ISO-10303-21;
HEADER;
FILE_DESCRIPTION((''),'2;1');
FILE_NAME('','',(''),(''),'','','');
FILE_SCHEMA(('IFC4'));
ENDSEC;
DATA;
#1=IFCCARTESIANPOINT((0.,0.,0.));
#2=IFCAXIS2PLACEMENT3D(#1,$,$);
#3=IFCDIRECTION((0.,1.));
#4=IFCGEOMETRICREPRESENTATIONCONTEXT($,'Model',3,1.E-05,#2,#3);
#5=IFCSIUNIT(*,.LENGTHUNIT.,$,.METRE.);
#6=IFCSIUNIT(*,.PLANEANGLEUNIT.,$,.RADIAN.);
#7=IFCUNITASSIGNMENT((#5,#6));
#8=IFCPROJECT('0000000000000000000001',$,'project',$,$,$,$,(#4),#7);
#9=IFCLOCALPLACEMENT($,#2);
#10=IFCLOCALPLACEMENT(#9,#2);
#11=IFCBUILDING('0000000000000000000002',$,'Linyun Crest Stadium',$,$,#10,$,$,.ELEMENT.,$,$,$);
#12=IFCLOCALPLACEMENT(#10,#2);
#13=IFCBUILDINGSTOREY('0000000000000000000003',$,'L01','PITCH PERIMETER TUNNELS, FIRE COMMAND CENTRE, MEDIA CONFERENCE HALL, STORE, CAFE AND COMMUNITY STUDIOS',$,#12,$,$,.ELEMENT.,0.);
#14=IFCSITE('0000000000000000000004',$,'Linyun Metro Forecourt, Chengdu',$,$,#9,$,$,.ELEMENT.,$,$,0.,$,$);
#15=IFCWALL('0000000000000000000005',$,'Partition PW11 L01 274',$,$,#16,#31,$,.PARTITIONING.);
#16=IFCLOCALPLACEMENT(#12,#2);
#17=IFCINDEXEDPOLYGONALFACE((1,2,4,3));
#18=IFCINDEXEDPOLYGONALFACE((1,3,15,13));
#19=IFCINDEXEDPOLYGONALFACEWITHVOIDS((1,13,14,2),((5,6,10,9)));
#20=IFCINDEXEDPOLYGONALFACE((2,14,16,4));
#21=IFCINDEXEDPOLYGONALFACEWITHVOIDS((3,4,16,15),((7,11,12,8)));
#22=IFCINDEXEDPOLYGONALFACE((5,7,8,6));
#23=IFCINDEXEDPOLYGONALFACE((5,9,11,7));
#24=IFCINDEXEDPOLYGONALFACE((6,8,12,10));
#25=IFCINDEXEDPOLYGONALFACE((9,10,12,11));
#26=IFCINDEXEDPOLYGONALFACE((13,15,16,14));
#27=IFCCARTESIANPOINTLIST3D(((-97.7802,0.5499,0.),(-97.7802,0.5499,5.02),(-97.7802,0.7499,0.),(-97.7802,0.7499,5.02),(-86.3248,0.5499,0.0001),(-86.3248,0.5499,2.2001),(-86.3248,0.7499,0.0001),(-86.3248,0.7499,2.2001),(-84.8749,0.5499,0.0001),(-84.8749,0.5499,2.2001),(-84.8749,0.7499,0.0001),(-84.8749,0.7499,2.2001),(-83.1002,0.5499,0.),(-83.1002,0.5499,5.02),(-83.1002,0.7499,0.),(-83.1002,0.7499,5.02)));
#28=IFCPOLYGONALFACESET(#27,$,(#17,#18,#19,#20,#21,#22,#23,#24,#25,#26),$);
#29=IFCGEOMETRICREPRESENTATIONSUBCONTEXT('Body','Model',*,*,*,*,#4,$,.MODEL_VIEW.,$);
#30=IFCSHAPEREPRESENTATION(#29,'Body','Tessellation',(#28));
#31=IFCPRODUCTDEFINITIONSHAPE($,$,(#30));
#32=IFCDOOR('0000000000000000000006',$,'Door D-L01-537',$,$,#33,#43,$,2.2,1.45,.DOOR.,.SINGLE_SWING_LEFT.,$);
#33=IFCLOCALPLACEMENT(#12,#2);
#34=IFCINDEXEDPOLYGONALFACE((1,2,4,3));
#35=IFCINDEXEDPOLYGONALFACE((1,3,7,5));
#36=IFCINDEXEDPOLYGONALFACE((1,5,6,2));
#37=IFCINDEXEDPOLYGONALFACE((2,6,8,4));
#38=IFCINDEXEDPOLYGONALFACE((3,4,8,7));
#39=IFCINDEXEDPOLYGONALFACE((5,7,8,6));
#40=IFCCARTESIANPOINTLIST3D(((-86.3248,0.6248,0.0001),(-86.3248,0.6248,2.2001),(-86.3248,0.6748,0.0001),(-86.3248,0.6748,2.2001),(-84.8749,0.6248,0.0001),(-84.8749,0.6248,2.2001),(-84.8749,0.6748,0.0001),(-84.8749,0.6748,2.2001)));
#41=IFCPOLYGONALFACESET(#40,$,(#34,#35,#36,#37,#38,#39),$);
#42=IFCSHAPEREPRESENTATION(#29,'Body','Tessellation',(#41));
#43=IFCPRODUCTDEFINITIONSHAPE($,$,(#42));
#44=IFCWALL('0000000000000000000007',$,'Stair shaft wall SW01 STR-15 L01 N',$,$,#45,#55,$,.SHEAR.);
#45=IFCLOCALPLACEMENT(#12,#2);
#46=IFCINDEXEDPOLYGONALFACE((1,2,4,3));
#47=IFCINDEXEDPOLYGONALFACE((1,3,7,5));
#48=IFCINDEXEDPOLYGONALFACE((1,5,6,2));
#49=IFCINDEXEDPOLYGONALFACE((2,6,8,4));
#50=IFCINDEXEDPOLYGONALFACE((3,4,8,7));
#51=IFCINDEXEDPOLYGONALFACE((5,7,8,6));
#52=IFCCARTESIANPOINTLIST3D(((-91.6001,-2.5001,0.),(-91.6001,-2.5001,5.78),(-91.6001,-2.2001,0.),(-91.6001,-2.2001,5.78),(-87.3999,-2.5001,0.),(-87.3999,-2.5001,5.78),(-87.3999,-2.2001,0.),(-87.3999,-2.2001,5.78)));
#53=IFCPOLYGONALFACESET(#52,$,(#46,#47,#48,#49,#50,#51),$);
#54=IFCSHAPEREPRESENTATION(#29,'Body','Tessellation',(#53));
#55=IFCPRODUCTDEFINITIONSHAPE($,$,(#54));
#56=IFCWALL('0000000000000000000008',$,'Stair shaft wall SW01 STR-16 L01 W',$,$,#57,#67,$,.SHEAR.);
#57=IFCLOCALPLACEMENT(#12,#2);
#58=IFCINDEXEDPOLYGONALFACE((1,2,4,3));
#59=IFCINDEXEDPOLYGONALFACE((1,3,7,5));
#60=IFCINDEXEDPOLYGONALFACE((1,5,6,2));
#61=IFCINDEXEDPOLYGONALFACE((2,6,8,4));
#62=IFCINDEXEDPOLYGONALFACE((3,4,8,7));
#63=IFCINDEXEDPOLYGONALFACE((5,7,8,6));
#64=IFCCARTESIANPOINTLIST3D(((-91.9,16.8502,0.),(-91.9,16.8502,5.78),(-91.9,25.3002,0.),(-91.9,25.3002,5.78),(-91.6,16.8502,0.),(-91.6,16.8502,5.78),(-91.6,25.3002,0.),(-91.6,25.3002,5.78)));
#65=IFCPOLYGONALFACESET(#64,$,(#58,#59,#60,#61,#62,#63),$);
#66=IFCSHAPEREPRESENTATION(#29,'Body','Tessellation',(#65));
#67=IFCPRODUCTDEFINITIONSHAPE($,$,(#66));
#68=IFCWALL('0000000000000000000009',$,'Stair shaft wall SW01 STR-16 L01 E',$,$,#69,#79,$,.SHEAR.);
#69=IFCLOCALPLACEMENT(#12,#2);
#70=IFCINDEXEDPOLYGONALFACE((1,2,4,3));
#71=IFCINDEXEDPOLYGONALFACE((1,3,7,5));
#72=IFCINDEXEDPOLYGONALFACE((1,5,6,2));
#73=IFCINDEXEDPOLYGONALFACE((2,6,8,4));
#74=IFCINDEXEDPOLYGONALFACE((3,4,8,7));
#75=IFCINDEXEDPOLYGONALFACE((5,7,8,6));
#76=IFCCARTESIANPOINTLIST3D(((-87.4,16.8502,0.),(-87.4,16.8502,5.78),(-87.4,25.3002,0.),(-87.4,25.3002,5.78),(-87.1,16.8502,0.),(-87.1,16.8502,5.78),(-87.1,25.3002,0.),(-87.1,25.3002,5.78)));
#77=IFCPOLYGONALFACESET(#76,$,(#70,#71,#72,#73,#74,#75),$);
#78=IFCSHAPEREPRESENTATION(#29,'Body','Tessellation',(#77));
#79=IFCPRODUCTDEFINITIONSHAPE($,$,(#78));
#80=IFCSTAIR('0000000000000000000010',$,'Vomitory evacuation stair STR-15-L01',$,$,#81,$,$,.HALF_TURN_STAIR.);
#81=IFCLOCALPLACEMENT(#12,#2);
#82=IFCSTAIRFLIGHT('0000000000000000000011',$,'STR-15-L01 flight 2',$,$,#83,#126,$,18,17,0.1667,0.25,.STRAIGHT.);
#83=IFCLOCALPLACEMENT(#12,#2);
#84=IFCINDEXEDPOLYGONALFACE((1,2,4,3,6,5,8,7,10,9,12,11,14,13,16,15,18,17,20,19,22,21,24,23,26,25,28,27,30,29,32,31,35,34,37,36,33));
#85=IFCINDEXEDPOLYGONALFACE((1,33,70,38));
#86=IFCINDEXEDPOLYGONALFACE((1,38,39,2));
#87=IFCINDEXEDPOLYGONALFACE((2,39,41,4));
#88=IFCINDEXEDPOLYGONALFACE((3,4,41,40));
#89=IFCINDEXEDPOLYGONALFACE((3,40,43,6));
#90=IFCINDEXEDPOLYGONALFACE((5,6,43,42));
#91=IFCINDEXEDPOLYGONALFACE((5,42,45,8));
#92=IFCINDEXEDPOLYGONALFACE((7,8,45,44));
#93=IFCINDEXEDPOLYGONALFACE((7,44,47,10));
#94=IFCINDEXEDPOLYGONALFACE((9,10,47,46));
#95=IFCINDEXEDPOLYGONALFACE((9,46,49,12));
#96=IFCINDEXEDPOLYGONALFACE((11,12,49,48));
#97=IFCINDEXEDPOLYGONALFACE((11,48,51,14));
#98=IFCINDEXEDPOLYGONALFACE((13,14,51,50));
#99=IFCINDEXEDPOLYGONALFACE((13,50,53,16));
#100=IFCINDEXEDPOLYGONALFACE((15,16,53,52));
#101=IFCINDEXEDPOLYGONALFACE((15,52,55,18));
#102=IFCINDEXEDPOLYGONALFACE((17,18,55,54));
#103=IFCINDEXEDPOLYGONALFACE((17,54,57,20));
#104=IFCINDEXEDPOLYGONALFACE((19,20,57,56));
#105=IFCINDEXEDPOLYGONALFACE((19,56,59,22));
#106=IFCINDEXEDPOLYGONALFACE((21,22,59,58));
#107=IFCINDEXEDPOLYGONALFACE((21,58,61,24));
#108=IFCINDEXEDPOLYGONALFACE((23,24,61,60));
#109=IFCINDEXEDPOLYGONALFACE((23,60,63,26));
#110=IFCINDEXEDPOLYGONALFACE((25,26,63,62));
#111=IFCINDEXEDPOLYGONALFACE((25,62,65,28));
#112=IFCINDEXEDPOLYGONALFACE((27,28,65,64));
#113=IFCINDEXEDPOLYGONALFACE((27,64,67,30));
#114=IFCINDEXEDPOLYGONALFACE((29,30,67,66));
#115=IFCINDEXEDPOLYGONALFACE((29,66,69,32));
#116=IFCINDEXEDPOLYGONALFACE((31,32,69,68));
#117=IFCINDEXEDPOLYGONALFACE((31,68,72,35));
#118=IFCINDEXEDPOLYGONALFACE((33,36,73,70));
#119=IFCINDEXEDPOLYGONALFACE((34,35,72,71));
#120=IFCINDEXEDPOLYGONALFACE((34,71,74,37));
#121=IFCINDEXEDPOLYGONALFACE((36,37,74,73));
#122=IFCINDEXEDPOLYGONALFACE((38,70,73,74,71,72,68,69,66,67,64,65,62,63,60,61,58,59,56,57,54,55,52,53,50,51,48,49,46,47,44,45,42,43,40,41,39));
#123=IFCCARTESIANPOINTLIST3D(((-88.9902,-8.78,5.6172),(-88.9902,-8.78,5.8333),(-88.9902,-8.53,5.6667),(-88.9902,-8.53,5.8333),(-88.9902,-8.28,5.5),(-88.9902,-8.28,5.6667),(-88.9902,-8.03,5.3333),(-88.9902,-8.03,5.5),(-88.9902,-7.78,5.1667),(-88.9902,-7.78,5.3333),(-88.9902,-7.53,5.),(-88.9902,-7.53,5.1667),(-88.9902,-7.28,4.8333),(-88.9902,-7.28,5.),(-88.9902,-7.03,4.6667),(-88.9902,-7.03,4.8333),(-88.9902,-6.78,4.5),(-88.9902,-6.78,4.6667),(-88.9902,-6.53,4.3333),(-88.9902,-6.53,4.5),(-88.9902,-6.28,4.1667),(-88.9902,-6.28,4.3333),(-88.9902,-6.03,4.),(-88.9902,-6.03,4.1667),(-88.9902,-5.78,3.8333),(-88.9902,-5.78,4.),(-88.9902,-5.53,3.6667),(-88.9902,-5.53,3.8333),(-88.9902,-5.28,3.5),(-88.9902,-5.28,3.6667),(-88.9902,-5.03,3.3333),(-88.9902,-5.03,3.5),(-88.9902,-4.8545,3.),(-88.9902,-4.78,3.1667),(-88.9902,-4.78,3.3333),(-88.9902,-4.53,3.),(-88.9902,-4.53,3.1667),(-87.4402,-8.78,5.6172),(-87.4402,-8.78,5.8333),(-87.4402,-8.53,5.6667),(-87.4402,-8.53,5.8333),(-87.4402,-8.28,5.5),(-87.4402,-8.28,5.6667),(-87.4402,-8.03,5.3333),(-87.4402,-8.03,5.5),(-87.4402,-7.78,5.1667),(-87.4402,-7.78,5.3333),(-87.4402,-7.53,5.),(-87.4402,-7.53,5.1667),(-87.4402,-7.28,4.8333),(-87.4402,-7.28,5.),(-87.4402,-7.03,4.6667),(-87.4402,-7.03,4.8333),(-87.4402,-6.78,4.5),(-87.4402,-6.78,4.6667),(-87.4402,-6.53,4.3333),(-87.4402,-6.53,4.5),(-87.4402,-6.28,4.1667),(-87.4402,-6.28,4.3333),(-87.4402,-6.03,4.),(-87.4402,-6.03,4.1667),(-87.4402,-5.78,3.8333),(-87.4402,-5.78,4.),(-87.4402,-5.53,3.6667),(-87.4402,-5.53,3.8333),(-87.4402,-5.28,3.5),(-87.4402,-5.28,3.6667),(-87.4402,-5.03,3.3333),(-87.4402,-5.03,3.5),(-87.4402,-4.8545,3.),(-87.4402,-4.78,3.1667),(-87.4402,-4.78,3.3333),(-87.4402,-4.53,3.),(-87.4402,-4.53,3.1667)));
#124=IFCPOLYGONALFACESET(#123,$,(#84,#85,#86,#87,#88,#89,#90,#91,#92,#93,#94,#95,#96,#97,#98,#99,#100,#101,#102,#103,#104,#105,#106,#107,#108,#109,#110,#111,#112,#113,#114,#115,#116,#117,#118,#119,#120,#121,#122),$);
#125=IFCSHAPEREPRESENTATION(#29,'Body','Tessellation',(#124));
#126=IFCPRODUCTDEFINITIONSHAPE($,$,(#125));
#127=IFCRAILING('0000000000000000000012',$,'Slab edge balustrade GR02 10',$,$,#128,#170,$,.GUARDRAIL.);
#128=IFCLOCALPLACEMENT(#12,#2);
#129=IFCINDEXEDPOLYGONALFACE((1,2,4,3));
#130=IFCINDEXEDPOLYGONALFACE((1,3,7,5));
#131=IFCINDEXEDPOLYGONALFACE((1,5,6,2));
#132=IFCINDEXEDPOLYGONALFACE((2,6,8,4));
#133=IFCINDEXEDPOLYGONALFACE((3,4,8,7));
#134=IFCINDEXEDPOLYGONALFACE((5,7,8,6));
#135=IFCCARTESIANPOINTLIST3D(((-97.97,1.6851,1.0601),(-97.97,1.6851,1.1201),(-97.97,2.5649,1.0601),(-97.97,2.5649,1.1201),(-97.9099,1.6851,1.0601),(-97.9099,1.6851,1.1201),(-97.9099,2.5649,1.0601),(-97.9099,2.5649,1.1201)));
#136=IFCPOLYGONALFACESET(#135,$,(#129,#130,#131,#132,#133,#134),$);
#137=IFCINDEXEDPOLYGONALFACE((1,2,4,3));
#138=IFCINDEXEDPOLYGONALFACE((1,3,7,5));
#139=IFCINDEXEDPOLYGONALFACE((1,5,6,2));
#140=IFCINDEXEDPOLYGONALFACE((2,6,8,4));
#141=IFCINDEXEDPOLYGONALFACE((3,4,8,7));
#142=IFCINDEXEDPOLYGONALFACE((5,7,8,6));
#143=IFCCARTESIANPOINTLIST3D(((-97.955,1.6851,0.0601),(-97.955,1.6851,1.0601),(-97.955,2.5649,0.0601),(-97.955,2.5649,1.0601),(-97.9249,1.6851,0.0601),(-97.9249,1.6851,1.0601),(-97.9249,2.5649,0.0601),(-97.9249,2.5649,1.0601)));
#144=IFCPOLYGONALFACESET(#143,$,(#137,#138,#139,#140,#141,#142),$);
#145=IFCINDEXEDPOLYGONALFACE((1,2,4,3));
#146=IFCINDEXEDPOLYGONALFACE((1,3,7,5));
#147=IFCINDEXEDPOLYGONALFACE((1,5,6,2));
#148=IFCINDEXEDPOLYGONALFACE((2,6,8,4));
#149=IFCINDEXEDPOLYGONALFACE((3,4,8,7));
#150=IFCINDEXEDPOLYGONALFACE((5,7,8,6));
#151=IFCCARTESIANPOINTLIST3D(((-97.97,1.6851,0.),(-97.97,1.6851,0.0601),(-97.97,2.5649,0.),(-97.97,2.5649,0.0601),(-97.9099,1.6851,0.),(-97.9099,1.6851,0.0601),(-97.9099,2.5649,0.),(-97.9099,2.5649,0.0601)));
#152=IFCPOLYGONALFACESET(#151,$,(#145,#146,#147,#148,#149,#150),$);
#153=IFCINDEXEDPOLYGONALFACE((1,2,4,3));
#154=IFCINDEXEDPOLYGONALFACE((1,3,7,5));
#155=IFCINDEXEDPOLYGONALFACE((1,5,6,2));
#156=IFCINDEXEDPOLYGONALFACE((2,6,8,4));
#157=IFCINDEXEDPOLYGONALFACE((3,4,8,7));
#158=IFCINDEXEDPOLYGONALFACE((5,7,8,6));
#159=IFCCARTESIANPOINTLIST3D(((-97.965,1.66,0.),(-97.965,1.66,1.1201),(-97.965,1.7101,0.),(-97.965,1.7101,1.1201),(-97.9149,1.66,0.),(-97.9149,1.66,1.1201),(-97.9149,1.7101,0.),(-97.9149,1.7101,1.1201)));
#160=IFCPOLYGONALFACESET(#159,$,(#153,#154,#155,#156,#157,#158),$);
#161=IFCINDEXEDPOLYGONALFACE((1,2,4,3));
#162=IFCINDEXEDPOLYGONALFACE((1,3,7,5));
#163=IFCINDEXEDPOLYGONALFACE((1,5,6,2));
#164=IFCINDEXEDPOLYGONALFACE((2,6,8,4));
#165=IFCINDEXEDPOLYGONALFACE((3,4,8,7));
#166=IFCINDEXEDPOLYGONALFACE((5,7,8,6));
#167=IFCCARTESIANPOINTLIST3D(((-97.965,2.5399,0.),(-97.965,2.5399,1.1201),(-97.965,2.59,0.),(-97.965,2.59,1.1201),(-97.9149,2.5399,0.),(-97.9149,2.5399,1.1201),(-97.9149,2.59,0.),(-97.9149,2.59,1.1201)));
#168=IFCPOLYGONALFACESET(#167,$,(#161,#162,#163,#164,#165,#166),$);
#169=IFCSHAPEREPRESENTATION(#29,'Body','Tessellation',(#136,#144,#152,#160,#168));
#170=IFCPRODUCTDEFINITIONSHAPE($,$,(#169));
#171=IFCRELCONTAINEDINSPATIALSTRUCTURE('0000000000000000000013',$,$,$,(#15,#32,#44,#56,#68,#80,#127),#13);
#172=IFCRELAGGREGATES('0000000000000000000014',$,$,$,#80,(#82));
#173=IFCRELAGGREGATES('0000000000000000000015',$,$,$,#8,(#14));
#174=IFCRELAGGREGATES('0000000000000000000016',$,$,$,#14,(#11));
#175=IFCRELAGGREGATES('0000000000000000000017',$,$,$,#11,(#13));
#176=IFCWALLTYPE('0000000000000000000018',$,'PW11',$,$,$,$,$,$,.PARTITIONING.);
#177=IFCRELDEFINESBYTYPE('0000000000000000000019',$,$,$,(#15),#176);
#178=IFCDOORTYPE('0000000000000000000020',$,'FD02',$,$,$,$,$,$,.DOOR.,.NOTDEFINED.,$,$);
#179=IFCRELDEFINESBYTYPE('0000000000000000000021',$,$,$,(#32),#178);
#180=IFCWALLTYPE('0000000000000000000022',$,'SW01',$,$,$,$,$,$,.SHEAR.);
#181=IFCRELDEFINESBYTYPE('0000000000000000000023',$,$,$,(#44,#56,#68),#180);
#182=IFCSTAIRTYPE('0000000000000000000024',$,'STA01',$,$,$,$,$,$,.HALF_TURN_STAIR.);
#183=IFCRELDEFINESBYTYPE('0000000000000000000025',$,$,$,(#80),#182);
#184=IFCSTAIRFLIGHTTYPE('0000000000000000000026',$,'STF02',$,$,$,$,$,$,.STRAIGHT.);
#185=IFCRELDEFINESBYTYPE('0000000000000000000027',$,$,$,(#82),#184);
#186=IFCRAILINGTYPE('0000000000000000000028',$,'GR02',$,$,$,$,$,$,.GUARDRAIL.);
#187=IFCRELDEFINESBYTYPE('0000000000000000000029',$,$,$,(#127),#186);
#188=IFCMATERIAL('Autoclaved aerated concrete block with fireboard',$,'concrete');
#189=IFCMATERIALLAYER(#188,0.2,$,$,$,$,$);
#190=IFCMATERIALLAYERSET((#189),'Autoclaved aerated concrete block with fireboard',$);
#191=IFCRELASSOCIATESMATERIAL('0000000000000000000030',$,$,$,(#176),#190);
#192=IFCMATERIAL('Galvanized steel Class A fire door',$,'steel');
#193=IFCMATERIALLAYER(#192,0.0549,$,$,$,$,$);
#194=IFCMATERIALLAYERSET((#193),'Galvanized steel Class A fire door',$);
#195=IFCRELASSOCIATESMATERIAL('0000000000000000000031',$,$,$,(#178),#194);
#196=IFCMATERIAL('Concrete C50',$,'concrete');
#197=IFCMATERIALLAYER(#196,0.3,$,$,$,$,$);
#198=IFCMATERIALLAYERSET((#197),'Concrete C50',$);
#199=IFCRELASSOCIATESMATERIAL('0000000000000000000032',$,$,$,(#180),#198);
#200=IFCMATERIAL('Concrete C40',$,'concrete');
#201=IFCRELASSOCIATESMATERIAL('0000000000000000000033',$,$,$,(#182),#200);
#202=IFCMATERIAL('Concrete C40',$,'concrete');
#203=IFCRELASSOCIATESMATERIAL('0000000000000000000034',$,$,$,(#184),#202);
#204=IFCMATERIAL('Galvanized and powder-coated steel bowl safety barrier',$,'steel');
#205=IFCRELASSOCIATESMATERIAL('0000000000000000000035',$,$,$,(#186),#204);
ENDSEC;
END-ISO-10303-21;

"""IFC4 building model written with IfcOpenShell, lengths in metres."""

from ifc_helpers import new_model, si_unit, direction, frame, frame_2d, origin, origin_2d, place, context, subcontext, project, spatial, polyline, rectangle, outline, extrude, material, layer, layer_set, type_object, element, fill, aggregate, save


model = new_model("IFC4")

# Units and contexts
model_context = context("Model", 3, precision=1e-05, world=origin(), true_north=direction((0.0, 1.0)))
body_context = subcontext(model_context, "Body", "Model", "MODEL_VIEW")
ifc_project = project(units=[si_unit("LENGTHUNIT", "METRE"), si_unit("PLANEANGLEUNIT", "RADIAN")], contexts=[model_context])

# Site, building, storey
site_placement = place(None, origin())
site = spatial("IfcSite", under=ifc_project, at=site_placement, Name="Linyun Metro Forecourt, Chengdu", CompositionType="ELEMENT", RefElevation=0.0)
building_placement = place(site_placement, origin())
building = spatial("IfcBuilding", under=site, at=building_placement, Name="Linyun Crest Stadium", CompositionType="ELEMENT")
storey_placement = place(building_placement, origin())
storey = spatial("IfcBuildingStorey", under=building, at=storey_placement, Name="L01", Description="PITCH PERIMETER TUNNELS, FIRE COMMAND CENTRE, MEDIA CONFERENCE HALL, STORE, CAFE AND COMMUNITY STUDIOS", CompositionType="ELEMENT", Elevation=0.0)

# Wall, opening, door
ifc_material_1 = material(Name="Autoclaved aerated concrete block with fireboard", Category="concrete")
ifc_layer_1 = layer(ifc_material_1, 0.2)
ifc_layer_set_1 = layer_set([ifc_layer_1], Name="Autoclaved aerated concrete block with fireboard")
wall_type_1 = type_object("IfcWallType", Name="PW11", PredefinedType="PARTITIONING", material=ifc_layer_set_1)
wall_1_placement = place(storey_placement, frame((-97.78, 0.6499, 0.0), z_axis=(0.0, 0.0, 1.0), x_axis=(1.0, 0.0, 0.0)))
wall_1 = element("IfcWall", 1, at=wall_1_placement, inside=storey, type_object=wall_type_1, Name="Partition PW11 L01 274", PredefinedType="PARTITIONING", context=body_context, shape_type="SweptSolid", body=[
    extrude(rectangle(XDim=14.6799, YDim=0.2, at=frame_2d((7.3398, 0.0))), origin(), (0.0, 0.0, 1.0), 5.02),
])
opening_1_placement = place(wall_1_placement, frame((11.4551, 0.0, 0.0)))
opening_1 = element("IfcOpeningElement", 2, at=opening_1_placement, cuts=wall_1, PredefinedType="OPENING", context=body_context, shape_type="SweptSolid", body=[
    extrude(rectangle(XDim=1.45, YDim=2.2, at=frame_2d((0.7251, 1.1001))), frame((0.0, 0.1099, 0.0), z_axis=(0.0, -1.0, 0.0), x_axis=(1.0, 0.0, 0.0)), (0.0, 0.0, 1.0), 0.22),
])
ifc_material_2 = material(Name="Galvanized steel Class A fire door", Category="steel")
ifc_layer_2 = layer(ifc_material_2, 0.0549)
ifc_layer_set_2 = layer_set([ifc_layer_2], Name="Galvanized steel Class A fire door")
door_type_1 = type_object("IfcDoorType", Name="FD02", OperationType="NOTDEFINED", PredefinedType="DOOR", material=ifc_layer_set_2)
door_1_placement = place(opening_1_placement, origin())
door_1 = element("IfcDoor", 3, at=door_1_placement, inside=storey, type_object=door_type_1, Name="Door D-L01-537", OperationType="SINGLE_SWING_LEFT", OverallHeight=2.2, OverallWidth=1.45, PredefinedType="DOOR", context=body_context, shape_type="SweptSolid", body=[
    extrude(rectangle(XDim=1.45, YDim=2.2, at=frame_2d((0.7251, 1.1001))), frame((0.0, 0.0249, 0.0), z_axis=(0.0, -1.0, 0.0), x_axis=(1.0, 0.0, 0.0)), (0.0, 0.0, 1.0), 0.05),
])
fill(opening_1, door_1)

# Walls
ifc_material_3 = material(Name="Concrete C50", Category="concrete")
ifc_layer_3 = layer(ifc_material_3, 0.3)
ifc_layer_set_3 = layer_set([ifc_layer_3], Name="Concrete C50")
wall_type_2 = type_object("IfcWallType", Name="SW01", PredefinedType="SHEAR", material=ifc_layer_set_3)
wall_2_placement = place(storey_placement, frame((-91.6001, -2.3501, 0.0), z_axis=(0.0, 0.0, 1.0), x_axis=(1.0, 0.0, 0.0)))
element("IfcWall", 4, at=wall_2_placement, inside=storey, type_object=wall_type_2, Name="Stair shaft wall SW01 STR-15 L01 N", PredefinedType="SHEAR", context=body_context, shape_type="SweptSolid", body=[
    extrude(rectangle(XDim=4.2002, YDim=0.3, at=frame_2d((2.1001, 0.0))), origin(), (0.0, 0.0, 1.0), 5.78),
])
for number, where, z_axis, x_axis, name in (
    (5, (-91.75, 16.8501, 0.0), (0.0, 0.0, 1.0), (0.0, 1.0, 0.0), "Stair shaft wall SW01 STR-16 L01 W"),
    (6, (-87.25, 16.8501, 0.0), (0.0, 0.0, 1.0), (0.0, 1.0, 0.0), "Stair shaft wall SW01 STR-16 L01 E"),
):
    element("IfcWall", number, at=place(storey_placement, frame(where, z_axis=z_axis, x_axis=x_axis)), inside=storey, type_object=wall_type_2, Name=name, PredefinedType="SHEAR", context=body_context, shape_type="SweptSolid", body=[
        extrude(rectangle(XDim=8.45, YDim=0.3, at=frame_2d((4.2251, 0.0))), origin(), (0.0, 0.0, 1.0), 5.78),
    ])

# Stair, stair flight
ifc_material_4 = material(Name="Concrete C40", Category="concrete")
stair_type = type_object("IfcStairType", Name="STA01", PredefinedType="HALF_TURN_STAIR", material=ifc_material_4)
stair_placement = place(storey_placement, origin())
stair = element("IfcStair", 7, at=stair_placement, inside=storey, type_object=stair_type, Name="Vomitory evacuation stair STR-15-L01", PredefinedType="HALF_TURN_STAIR")
ifc_material_5 = material(Name="Concrete C40", Category="concrete")
stair_flight_type = type_object("IfcStairFlightType", Name="STF02", PredefinedType="STRAIGHT", material=ifc_material_5)
stair_flight_placement = place(storey_placement, frame((-88.2151, -4.53, 3.0), z_axis=(0.0, 0.0, 1.0), x_axis=(0.0, -1.0, 0.0)))
stair_flight = element("IfcStairFlight", 8, at=stair_flight_placement, type_object=stair_flight_type, Name="STR-15-L01 flight 2", NumberOfRisers=18, NumberOfTreads=17, PredefinedType="STRAIGHT", RiserHeight=0.1667, TreadLength=0.25, context=body_context, shape_type="SweptSolid", body=[
    extrude(outline(polyline([(0.0, 0.0), (0.0, 0.1667), (0.25, 0.1667), (0.25, 0.3333), (0.5, 0.3333), (0.5, 0.5), (0.75, 0.5), (0.75, 0.6667), (1.0, 0.6667), (1.0, 0.8333), (1.25, 0.8333), (1.25, 1.0), (1.5, 1.0), (1.5, 1.1667), (1.75, 1.1667), (1.75, 1.3333), (2.0, 1.3333), (2.0, 1.5), (2.25, 1.5), (2.25, 1.6667), (2.5, 1.6667), (2.5, 1.8333), (2.75, 1.8333), (2.75, 2.0), (3.0, 2.0), (3.0, 2.1667), (3.25, 2.1667), (3.25, 2.3333), (3.5, 2.3333), (3.5, 2.5), (3.75, 2.5), (3.75, 2.6667), (4.0, 2.6667), (4.0, 2.8333), (4.25, 2.8333), (4.25, 3.0), (4.25, 2.6172), (0.3245, 0.0), (0.0, 0.0)])), frame((0.0, 0.7749, 0.0), z_axis=(0.0, -1.0, 0.0), x_axis=(1.0, 0.0, 0.0)), (0.0, 0.0, 1.0), 1.55),
])
aggregate(stair, [stair_flight])

# Railing
ifc_material_6 = material(Name="Galvanized and powder-coated steel bowl safety barrier", Category="steel")
railing_type_1 = type_object("IfcRailingType", Name="GR02", PredefinedType="GUARDRAIL", material=ifc_material_6)
for number, where, name in (
    (9, (-97.9399, 1.6851, 0.0), "Slab edge balustrade GR02 10"),
):
    element("IfcRailing", number, at=place(storey_placement, frame(where)), inside=storey, type_object=railing_type_1, Name=name, PredefinedType="GUARDRAIL", context=body_context, shape_type="SweptSolid", body=[
        extrude(rectangle(XDim=0.0601, YDim=0.0601, at=origin_2d()), frame((0.0, 0.0, 1.0901), z_axis=(0.0, 1.0, 0.0), x_axis=(-1.0, 0.0, 0.0)), (0.0, 0.0, 1.0), 0.8799),
        extrude(rectangle(XDim=0.03, YDim=1.0, at=origin_2d()), frame((0.0, 0.0, 0.5601), z_axis=(0.0, 1.0, 0.0), x_axis=(-1.0, 0.0, 0.0)), (0.0, 0.0, 1.0), 0.8799),
        extrude(rectangle(XDim=0.0601, YDim=0.0601, at=origin_2d()), frame((0.0, 0.0, 0.03), z_axis=(0.0, 1.0, 0.0), x_axis=(-1.0, 0.0, 0.0)), (0.0, 0.0, 1.0), 0.8799),
        extrude(rectangle(XDim=0.05, YDim=0.05, at=origin_2d()), origin(), (0.0, 0.0, 1.0), 1.1201),
        extrude(rectangle(XDim=0.05, YDim=0.05, at=origin_2d()), frame((0.0, 0.8799, 0.0)), (0.0, 0.0, 1.0), 1.1201),
    ])

save(model, "model.ifc")
